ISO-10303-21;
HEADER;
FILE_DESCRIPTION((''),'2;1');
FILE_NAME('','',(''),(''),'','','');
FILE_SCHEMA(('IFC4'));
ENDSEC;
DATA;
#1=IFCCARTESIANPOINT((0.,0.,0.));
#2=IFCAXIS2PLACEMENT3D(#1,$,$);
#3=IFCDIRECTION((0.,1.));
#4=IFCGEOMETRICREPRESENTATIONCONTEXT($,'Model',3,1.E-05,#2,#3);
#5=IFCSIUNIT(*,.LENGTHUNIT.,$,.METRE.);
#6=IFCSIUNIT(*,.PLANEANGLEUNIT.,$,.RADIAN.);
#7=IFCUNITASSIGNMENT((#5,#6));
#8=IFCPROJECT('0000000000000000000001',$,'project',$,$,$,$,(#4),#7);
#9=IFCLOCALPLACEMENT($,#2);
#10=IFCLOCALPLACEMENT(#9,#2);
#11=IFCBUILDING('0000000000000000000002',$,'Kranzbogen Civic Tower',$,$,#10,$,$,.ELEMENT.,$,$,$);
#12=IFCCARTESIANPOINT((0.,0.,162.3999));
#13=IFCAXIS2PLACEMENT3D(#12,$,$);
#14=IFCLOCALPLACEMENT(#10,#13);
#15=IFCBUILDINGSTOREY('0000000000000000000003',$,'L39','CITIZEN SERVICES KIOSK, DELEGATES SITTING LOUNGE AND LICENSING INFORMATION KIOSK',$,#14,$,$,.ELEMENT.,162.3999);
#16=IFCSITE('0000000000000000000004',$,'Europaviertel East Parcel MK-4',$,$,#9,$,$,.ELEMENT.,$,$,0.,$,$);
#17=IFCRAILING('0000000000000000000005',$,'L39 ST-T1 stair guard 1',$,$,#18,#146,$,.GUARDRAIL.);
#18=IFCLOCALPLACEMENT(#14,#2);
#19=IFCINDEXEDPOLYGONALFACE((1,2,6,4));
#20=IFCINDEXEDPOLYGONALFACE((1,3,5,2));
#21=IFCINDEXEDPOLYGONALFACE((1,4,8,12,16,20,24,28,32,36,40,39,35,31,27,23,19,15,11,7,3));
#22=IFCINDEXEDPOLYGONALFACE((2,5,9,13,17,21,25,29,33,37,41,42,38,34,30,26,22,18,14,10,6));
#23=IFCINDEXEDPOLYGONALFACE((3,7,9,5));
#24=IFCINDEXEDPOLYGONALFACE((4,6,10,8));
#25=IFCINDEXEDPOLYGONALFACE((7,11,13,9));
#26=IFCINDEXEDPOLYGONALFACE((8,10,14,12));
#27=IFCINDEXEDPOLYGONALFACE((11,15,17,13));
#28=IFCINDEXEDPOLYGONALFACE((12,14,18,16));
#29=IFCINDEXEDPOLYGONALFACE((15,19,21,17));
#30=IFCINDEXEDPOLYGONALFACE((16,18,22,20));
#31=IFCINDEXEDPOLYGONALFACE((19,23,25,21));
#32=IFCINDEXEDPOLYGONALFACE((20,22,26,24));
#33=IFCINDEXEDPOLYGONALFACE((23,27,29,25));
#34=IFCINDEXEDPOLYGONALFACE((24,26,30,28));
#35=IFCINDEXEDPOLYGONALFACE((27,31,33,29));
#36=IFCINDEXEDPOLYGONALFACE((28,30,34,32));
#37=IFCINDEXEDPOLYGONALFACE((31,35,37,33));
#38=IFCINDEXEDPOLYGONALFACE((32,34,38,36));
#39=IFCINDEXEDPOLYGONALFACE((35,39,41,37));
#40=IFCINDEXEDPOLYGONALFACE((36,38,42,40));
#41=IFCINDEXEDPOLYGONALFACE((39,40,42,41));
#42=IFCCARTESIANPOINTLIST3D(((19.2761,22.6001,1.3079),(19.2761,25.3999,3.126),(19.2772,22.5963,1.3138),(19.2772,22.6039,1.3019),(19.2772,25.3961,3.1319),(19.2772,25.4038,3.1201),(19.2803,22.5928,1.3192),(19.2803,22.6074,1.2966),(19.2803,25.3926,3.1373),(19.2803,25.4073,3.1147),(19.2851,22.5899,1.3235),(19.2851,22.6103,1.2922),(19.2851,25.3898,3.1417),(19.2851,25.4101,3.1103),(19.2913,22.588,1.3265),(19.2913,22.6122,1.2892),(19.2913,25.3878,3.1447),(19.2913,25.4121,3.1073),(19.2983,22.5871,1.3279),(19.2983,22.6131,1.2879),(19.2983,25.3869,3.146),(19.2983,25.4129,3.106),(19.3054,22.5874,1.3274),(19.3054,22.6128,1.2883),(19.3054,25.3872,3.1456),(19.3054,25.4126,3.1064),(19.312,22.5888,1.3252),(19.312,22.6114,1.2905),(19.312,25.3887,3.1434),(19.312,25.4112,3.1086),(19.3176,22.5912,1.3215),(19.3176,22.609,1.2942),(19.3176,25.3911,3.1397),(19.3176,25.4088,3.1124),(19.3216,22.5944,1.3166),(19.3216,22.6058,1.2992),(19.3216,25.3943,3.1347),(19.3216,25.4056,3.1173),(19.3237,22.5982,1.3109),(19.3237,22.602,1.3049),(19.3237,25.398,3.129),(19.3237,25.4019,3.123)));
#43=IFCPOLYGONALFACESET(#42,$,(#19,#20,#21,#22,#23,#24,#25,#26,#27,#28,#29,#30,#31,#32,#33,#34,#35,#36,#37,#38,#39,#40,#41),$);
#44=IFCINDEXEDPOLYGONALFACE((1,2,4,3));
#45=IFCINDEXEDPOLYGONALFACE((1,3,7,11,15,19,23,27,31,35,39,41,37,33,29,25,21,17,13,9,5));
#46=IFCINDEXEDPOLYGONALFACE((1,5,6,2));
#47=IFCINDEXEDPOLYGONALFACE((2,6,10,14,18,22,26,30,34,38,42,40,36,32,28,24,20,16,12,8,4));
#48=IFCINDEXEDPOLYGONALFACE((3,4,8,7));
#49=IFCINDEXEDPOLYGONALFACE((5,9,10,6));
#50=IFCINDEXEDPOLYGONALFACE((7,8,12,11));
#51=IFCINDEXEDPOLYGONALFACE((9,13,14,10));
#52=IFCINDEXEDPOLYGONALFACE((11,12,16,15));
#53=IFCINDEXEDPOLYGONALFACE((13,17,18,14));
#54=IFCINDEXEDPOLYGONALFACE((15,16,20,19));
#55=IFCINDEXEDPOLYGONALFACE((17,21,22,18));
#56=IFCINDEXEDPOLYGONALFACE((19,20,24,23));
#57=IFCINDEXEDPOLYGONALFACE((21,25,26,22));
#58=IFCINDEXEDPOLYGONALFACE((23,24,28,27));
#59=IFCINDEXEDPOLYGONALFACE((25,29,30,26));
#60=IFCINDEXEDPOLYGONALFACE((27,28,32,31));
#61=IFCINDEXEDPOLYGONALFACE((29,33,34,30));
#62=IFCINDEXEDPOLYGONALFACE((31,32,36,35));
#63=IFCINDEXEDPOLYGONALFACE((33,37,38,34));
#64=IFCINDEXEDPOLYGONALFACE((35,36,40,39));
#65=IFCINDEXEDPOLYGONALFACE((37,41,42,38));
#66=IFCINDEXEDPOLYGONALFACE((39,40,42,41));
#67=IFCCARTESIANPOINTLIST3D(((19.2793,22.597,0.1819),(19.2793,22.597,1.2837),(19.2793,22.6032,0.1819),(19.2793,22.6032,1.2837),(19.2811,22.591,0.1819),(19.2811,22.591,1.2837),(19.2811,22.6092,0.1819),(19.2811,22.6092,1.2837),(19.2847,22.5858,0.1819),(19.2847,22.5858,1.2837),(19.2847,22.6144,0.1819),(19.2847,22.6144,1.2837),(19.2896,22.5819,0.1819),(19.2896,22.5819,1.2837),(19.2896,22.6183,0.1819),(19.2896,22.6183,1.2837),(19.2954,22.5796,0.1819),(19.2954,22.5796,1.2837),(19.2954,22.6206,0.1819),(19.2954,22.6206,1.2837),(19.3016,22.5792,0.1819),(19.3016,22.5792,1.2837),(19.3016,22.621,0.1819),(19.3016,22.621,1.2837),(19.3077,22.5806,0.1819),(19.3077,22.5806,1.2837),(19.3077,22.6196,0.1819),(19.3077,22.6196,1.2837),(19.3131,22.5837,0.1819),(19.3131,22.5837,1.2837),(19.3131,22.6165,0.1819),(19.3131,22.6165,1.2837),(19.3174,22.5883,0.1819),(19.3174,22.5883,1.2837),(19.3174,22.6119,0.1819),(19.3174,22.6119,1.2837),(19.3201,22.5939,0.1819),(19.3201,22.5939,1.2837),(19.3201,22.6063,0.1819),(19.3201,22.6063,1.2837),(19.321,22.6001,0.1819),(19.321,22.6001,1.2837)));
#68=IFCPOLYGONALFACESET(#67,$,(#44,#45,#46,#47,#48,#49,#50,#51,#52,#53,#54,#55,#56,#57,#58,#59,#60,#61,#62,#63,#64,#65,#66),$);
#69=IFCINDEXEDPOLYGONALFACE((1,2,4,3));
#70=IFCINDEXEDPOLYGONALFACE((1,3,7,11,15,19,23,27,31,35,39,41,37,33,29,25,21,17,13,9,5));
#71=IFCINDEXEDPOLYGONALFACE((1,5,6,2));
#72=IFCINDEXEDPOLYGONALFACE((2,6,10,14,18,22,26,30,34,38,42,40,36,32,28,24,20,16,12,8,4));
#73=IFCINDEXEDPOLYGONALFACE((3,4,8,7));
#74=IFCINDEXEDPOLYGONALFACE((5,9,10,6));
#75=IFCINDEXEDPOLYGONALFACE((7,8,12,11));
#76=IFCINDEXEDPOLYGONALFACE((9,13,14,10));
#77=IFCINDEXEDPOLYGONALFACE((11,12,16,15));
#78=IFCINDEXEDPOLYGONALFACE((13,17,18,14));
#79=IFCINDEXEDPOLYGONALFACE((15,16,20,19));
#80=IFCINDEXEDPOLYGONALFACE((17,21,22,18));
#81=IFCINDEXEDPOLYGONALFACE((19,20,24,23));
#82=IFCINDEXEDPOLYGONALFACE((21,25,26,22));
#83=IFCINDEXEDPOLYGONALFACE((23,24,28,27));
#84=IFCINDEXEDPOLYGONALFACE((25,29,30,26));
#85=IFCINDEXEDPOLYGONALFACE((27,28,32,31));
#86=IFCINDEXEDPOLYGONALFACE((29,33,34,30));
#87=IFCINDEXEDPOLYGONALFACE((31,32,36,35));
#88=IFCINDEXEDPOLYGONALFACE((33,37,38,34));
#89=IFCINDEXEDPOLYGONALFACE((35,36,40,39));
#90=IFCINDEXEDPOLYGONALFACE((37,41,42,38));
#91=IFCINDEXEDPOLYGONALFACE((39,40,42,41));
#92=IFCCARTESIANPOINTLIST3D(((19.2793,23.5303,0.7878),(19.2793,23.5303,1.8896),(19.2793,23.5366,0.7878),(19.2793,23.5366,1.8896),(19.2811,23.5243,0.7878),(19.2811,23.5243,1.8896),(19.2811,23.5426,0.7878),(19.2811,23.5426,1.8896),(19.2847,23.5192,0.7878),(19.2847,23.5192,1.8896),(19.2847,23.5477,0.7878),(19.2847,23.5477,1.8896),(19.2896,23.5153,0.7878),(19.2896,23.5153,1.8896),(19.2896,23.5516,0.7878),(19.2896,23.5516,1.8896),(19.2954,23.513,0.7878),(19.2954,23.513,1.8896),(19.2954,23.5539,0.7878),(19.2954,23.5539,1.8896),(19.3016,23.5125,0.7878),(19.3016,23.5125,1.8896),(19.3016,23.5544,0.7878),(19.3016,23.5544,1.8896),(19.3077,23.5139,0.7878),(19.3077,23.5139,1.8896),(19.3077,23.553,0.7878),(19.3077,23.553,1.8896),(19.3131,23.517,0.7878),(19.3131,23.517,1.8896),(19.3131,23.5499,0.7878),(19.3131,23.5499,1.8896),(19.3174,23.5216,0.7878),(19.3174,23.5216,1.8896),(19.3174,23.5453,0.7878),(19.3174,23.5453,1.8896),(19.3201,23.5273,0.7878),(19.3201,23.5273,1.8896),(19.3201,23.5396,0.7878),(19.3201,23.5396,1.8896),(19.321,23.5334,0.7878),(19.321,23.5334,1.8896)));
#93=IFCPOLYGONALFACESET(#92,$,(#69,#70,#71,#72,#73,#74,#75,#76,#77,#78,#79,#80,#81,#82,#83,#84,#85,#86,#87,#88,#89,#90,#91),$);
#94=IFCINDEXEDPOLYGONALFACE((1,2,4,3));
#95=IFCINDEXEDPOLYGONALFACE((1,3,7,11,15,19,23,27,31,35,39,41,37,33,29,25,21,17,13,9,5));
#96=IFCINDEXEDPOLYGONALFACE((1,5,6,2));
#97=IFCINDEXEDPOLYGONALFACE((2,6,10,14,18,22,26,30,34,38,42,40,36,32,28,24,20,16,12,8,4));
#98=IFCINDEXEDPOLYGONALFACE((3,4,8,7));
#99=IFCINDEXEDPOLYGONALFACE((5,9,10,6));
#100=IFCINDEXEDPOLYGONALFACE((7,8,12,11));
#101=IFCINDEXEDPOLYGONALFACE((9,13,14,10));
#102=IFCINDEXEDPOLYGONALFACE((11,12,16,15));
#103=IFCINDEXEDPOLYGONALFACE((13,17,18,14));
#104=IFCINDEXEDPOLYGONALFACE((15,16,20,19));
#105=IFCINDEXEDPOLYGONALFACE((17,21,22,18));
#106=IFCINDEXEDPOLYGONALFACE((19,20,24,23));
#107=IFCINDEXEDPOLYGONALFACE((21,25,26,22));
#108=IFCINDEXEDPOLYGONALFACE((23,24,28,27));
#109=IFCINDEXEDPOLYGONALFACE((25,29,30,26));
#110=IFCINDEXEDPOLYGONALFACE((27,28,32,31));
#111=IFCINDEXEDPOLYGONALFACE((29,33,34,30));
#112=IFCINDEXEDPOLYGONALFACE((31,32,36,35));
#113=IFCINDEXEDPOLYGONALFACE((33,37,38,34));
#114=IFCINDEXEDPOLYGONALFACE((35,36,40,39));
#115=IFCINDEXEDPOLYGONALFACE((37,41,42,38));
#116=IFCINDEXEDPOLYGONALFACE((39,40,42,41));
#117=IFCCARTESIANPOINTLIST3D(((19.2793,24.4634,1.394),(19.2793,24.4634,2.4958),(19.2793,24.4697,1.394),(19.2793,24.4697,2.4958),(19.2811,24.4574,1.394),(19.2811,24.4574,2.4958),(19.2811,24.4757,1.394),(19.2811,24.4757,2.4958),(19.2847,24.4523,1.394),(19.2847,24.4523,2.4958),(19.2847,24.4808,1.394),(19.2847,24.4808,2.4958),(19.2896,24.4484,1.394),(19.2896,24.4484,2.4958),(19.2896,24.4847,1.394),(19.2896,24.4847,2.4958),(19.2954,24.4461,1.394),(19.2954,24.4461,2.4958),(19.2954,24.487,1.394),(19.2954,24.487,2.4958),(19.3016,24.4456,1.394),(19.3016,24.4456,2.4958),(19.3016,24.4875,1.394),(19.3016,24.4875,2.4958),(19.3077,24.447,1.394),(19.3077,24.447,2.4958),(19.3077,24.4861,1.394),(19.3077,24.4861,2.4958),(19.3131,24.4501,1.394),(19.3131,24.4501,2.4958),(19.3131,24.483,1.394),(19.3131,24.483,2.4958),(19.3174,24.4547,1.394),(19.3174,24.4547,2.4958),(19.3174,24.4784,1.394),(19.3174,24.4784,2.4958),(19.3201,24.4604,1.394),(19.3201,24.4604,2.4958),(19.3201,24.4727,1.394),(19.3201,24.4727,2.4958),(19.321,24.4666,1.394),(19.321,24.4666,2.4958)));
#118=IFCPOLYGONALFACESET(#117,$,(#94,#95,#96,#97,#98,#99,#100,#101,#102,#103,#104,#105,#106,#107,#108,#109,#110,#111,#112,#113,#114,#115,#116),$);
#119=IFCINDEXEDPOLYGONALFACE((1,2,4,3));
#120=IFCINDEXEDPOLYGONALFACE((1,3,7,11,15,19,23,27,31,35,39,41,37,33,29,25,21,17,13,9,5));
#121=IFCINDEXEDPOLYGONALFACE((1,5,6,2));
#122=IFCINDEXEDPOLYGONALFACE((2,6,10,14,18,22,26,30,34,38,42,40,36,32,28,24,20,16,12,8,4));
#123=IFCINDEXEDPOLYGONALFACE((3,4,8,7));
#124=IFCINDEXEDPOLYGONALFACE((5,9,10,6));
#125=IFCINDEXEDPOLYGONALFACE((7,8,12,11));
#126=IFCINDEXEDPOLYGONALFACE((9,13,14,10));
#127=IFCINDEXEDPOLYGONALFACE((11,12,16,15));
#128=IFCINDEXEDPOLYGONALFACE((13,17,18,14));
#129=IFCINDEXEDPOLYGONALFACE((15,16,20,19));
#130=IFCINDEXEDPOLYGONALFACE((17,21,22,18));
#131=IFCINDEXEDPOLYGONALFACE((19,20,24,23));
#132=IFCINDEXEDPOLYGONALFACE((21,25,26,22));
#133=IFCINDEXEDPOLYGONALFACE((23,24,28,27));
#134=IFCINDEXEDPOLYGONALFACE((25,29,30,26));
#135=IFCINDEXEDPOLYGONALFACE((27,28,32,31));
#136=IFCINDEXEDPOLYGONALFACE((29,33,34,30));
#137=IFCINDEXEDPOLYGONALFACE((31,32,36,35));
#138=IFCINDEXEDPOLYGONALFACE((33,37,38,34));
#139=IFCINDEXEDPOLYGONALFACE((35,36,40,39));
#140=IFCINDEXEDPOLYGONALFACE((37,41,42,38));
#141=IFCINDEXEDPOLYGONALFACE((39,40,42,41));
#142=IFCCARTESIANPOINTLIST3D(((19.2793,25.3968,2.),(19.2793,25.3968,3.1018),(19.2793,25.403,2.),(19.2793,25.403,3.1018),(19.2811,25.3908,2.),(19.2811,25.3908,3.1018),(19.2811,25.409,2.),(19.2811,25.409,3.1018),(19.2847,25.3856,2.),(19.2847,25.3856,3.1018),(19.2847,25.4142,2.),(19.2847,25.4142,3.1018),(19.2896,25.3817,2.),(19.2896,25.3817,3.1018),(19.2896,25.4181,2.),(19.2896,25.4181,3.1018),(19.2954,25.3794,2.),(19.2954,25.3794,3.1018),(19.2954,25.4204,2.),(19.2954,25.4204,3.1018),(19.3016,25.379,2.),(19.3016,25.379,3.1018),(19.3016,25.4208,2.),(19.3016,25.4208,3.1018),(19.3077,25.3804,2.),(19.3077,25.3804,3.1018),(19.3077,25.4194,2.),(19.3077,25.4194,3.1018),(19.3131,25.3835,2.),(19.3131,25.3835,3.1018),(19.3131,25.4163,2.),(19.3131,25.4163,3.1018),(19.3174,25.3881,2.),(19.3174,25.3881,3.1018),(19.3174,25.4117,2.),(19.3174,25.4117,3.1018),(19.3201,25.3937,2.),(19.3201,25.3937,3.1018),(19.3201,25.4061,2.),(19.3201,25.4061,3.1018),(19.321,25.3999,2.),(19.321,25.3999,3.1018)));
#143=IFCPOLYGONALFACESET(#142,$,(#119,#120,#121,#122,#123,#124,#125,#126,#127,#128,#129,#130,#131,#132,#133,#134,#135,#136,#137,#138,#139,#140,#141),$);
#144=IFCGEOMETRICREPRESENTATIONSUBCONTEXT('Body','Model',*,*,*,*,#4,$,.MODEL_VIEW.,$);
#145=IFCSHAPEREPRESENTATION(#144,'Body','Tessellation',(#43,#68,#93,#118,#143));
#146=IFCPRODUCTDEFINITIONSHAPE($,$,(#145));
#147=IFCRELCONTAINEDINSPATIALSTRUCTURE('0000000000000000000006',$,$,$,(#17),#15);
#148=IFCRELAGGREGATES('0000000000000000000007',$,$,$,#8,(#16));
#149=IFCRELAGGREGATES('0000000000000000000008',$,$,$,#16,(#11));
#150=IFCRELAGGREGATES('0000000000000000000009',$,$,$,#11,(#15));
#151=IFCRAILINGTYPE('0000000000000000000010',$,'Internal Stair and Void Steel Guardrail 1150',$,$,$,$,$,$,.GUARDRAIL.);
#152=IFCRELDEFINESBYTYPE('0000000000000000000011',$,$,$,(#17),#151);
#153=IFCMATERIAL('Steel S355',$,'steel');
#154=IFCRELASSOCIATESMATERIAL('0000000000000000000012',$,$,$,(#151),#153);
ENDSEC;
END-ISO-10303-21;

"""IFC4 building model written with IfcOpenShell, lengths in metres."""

from ifc_helpers import new_model, si_unit, direction, frame, origin, origin_2d, place, context, subcontext, project, spatial, circle, extrude, material, type_object, element, save


model = new_model("IFC4")

# Units and contexts
model_context = context("Model", 3, precision=1e-05, world=origin(), true_north=direction((0.0, 1.0)))
body_context = subcontext(model_context, "Body", "Model", "MODEL_VIEW")
ifc_project = project(units=[si_unit("LENGTHUNIT", "METRE"), si_unit("PLANEANGLEUNIT", "RADIAN")], contexts=[model_context])

# Site, building, storey
site_placement = place(None, origin())
site = spatial("IfcSite", under=ifc_project, at=site_placement, Name="Europaviertel East Parcel MK-4", CompositionType="ELEMENT", RefElevation=0.0)
building_placement = place(site_placement, origin())
building = spatial("IfcBuilding", under=site, at=building_placement, Name="Kranzbogen Civic Tower", CompositionType="ELEMENT")
storey_placement = place(building_placement, frame((0.0, 0.0, 162.3999)))
storey = spatial("IfcBuildingStorey", under=building, at=storey_placement, Name="L39", Description="CITIZEN SERVICES KIOSK, DELEGATES SITTING LOUNGE AND LICENSING INFORMATION KIOSK", CompositionType="ELEMENT", Elevation=162.3999)

# Shared definitions
ifc_material_1 = material(Name="Steel S355", Category="steel")

# Railing
railing_type = type_object("IfcRailingType", Name="Internal Stair and Void Steel Guardrail 1150", PredefinedType="GUARDRAIL", material=ifc_material_1)
railing_1_placement = place(storey_placement, frame((19.3, 22.6001, 0.1819)))
element("IfcRailing", 1, at=railing_1_placement, inside=storey, type_object=railing_type, Name="L39 ST-T1 stair guard 1", PredefinedType="GUARDRAIL", context=body_context, shape_type="SweptSolid", body=[
    extrude(circle(Radius=0.0239, at=origin_2d()), frame((0.0, 0.0, 1.126), z_axis=(0.0, 0.838684, 0.544618), x_axis=(-1.0, 0.0, 0.0)), (0.0, 0.0, 1.0), 3.3384),
    extrude(circle(Radius=0.021, at=origin_2d()), origin(), (0.0, 0.0, 1.0), 1.1018),
    extrude(circle(Radius=0.021, at=origin_2d()), frame((0.0, 0.9333, 0.606)), (0.0, 0.0, 1.0), 1.1018),
    extrude(circle(Radius=0.021, at=origin_2d()), frame((0.0, 1.8665, 1.2122)), (0.0, 0.0, 1.0), 1.1018),
    extrude(circle(Radius=0.021, at=origin_2d()), frame((0.0, 2.7998, 1.8181)), (0.0, 0.0, 1.0), 1.1018),
])

save(model, "model.ifc")
